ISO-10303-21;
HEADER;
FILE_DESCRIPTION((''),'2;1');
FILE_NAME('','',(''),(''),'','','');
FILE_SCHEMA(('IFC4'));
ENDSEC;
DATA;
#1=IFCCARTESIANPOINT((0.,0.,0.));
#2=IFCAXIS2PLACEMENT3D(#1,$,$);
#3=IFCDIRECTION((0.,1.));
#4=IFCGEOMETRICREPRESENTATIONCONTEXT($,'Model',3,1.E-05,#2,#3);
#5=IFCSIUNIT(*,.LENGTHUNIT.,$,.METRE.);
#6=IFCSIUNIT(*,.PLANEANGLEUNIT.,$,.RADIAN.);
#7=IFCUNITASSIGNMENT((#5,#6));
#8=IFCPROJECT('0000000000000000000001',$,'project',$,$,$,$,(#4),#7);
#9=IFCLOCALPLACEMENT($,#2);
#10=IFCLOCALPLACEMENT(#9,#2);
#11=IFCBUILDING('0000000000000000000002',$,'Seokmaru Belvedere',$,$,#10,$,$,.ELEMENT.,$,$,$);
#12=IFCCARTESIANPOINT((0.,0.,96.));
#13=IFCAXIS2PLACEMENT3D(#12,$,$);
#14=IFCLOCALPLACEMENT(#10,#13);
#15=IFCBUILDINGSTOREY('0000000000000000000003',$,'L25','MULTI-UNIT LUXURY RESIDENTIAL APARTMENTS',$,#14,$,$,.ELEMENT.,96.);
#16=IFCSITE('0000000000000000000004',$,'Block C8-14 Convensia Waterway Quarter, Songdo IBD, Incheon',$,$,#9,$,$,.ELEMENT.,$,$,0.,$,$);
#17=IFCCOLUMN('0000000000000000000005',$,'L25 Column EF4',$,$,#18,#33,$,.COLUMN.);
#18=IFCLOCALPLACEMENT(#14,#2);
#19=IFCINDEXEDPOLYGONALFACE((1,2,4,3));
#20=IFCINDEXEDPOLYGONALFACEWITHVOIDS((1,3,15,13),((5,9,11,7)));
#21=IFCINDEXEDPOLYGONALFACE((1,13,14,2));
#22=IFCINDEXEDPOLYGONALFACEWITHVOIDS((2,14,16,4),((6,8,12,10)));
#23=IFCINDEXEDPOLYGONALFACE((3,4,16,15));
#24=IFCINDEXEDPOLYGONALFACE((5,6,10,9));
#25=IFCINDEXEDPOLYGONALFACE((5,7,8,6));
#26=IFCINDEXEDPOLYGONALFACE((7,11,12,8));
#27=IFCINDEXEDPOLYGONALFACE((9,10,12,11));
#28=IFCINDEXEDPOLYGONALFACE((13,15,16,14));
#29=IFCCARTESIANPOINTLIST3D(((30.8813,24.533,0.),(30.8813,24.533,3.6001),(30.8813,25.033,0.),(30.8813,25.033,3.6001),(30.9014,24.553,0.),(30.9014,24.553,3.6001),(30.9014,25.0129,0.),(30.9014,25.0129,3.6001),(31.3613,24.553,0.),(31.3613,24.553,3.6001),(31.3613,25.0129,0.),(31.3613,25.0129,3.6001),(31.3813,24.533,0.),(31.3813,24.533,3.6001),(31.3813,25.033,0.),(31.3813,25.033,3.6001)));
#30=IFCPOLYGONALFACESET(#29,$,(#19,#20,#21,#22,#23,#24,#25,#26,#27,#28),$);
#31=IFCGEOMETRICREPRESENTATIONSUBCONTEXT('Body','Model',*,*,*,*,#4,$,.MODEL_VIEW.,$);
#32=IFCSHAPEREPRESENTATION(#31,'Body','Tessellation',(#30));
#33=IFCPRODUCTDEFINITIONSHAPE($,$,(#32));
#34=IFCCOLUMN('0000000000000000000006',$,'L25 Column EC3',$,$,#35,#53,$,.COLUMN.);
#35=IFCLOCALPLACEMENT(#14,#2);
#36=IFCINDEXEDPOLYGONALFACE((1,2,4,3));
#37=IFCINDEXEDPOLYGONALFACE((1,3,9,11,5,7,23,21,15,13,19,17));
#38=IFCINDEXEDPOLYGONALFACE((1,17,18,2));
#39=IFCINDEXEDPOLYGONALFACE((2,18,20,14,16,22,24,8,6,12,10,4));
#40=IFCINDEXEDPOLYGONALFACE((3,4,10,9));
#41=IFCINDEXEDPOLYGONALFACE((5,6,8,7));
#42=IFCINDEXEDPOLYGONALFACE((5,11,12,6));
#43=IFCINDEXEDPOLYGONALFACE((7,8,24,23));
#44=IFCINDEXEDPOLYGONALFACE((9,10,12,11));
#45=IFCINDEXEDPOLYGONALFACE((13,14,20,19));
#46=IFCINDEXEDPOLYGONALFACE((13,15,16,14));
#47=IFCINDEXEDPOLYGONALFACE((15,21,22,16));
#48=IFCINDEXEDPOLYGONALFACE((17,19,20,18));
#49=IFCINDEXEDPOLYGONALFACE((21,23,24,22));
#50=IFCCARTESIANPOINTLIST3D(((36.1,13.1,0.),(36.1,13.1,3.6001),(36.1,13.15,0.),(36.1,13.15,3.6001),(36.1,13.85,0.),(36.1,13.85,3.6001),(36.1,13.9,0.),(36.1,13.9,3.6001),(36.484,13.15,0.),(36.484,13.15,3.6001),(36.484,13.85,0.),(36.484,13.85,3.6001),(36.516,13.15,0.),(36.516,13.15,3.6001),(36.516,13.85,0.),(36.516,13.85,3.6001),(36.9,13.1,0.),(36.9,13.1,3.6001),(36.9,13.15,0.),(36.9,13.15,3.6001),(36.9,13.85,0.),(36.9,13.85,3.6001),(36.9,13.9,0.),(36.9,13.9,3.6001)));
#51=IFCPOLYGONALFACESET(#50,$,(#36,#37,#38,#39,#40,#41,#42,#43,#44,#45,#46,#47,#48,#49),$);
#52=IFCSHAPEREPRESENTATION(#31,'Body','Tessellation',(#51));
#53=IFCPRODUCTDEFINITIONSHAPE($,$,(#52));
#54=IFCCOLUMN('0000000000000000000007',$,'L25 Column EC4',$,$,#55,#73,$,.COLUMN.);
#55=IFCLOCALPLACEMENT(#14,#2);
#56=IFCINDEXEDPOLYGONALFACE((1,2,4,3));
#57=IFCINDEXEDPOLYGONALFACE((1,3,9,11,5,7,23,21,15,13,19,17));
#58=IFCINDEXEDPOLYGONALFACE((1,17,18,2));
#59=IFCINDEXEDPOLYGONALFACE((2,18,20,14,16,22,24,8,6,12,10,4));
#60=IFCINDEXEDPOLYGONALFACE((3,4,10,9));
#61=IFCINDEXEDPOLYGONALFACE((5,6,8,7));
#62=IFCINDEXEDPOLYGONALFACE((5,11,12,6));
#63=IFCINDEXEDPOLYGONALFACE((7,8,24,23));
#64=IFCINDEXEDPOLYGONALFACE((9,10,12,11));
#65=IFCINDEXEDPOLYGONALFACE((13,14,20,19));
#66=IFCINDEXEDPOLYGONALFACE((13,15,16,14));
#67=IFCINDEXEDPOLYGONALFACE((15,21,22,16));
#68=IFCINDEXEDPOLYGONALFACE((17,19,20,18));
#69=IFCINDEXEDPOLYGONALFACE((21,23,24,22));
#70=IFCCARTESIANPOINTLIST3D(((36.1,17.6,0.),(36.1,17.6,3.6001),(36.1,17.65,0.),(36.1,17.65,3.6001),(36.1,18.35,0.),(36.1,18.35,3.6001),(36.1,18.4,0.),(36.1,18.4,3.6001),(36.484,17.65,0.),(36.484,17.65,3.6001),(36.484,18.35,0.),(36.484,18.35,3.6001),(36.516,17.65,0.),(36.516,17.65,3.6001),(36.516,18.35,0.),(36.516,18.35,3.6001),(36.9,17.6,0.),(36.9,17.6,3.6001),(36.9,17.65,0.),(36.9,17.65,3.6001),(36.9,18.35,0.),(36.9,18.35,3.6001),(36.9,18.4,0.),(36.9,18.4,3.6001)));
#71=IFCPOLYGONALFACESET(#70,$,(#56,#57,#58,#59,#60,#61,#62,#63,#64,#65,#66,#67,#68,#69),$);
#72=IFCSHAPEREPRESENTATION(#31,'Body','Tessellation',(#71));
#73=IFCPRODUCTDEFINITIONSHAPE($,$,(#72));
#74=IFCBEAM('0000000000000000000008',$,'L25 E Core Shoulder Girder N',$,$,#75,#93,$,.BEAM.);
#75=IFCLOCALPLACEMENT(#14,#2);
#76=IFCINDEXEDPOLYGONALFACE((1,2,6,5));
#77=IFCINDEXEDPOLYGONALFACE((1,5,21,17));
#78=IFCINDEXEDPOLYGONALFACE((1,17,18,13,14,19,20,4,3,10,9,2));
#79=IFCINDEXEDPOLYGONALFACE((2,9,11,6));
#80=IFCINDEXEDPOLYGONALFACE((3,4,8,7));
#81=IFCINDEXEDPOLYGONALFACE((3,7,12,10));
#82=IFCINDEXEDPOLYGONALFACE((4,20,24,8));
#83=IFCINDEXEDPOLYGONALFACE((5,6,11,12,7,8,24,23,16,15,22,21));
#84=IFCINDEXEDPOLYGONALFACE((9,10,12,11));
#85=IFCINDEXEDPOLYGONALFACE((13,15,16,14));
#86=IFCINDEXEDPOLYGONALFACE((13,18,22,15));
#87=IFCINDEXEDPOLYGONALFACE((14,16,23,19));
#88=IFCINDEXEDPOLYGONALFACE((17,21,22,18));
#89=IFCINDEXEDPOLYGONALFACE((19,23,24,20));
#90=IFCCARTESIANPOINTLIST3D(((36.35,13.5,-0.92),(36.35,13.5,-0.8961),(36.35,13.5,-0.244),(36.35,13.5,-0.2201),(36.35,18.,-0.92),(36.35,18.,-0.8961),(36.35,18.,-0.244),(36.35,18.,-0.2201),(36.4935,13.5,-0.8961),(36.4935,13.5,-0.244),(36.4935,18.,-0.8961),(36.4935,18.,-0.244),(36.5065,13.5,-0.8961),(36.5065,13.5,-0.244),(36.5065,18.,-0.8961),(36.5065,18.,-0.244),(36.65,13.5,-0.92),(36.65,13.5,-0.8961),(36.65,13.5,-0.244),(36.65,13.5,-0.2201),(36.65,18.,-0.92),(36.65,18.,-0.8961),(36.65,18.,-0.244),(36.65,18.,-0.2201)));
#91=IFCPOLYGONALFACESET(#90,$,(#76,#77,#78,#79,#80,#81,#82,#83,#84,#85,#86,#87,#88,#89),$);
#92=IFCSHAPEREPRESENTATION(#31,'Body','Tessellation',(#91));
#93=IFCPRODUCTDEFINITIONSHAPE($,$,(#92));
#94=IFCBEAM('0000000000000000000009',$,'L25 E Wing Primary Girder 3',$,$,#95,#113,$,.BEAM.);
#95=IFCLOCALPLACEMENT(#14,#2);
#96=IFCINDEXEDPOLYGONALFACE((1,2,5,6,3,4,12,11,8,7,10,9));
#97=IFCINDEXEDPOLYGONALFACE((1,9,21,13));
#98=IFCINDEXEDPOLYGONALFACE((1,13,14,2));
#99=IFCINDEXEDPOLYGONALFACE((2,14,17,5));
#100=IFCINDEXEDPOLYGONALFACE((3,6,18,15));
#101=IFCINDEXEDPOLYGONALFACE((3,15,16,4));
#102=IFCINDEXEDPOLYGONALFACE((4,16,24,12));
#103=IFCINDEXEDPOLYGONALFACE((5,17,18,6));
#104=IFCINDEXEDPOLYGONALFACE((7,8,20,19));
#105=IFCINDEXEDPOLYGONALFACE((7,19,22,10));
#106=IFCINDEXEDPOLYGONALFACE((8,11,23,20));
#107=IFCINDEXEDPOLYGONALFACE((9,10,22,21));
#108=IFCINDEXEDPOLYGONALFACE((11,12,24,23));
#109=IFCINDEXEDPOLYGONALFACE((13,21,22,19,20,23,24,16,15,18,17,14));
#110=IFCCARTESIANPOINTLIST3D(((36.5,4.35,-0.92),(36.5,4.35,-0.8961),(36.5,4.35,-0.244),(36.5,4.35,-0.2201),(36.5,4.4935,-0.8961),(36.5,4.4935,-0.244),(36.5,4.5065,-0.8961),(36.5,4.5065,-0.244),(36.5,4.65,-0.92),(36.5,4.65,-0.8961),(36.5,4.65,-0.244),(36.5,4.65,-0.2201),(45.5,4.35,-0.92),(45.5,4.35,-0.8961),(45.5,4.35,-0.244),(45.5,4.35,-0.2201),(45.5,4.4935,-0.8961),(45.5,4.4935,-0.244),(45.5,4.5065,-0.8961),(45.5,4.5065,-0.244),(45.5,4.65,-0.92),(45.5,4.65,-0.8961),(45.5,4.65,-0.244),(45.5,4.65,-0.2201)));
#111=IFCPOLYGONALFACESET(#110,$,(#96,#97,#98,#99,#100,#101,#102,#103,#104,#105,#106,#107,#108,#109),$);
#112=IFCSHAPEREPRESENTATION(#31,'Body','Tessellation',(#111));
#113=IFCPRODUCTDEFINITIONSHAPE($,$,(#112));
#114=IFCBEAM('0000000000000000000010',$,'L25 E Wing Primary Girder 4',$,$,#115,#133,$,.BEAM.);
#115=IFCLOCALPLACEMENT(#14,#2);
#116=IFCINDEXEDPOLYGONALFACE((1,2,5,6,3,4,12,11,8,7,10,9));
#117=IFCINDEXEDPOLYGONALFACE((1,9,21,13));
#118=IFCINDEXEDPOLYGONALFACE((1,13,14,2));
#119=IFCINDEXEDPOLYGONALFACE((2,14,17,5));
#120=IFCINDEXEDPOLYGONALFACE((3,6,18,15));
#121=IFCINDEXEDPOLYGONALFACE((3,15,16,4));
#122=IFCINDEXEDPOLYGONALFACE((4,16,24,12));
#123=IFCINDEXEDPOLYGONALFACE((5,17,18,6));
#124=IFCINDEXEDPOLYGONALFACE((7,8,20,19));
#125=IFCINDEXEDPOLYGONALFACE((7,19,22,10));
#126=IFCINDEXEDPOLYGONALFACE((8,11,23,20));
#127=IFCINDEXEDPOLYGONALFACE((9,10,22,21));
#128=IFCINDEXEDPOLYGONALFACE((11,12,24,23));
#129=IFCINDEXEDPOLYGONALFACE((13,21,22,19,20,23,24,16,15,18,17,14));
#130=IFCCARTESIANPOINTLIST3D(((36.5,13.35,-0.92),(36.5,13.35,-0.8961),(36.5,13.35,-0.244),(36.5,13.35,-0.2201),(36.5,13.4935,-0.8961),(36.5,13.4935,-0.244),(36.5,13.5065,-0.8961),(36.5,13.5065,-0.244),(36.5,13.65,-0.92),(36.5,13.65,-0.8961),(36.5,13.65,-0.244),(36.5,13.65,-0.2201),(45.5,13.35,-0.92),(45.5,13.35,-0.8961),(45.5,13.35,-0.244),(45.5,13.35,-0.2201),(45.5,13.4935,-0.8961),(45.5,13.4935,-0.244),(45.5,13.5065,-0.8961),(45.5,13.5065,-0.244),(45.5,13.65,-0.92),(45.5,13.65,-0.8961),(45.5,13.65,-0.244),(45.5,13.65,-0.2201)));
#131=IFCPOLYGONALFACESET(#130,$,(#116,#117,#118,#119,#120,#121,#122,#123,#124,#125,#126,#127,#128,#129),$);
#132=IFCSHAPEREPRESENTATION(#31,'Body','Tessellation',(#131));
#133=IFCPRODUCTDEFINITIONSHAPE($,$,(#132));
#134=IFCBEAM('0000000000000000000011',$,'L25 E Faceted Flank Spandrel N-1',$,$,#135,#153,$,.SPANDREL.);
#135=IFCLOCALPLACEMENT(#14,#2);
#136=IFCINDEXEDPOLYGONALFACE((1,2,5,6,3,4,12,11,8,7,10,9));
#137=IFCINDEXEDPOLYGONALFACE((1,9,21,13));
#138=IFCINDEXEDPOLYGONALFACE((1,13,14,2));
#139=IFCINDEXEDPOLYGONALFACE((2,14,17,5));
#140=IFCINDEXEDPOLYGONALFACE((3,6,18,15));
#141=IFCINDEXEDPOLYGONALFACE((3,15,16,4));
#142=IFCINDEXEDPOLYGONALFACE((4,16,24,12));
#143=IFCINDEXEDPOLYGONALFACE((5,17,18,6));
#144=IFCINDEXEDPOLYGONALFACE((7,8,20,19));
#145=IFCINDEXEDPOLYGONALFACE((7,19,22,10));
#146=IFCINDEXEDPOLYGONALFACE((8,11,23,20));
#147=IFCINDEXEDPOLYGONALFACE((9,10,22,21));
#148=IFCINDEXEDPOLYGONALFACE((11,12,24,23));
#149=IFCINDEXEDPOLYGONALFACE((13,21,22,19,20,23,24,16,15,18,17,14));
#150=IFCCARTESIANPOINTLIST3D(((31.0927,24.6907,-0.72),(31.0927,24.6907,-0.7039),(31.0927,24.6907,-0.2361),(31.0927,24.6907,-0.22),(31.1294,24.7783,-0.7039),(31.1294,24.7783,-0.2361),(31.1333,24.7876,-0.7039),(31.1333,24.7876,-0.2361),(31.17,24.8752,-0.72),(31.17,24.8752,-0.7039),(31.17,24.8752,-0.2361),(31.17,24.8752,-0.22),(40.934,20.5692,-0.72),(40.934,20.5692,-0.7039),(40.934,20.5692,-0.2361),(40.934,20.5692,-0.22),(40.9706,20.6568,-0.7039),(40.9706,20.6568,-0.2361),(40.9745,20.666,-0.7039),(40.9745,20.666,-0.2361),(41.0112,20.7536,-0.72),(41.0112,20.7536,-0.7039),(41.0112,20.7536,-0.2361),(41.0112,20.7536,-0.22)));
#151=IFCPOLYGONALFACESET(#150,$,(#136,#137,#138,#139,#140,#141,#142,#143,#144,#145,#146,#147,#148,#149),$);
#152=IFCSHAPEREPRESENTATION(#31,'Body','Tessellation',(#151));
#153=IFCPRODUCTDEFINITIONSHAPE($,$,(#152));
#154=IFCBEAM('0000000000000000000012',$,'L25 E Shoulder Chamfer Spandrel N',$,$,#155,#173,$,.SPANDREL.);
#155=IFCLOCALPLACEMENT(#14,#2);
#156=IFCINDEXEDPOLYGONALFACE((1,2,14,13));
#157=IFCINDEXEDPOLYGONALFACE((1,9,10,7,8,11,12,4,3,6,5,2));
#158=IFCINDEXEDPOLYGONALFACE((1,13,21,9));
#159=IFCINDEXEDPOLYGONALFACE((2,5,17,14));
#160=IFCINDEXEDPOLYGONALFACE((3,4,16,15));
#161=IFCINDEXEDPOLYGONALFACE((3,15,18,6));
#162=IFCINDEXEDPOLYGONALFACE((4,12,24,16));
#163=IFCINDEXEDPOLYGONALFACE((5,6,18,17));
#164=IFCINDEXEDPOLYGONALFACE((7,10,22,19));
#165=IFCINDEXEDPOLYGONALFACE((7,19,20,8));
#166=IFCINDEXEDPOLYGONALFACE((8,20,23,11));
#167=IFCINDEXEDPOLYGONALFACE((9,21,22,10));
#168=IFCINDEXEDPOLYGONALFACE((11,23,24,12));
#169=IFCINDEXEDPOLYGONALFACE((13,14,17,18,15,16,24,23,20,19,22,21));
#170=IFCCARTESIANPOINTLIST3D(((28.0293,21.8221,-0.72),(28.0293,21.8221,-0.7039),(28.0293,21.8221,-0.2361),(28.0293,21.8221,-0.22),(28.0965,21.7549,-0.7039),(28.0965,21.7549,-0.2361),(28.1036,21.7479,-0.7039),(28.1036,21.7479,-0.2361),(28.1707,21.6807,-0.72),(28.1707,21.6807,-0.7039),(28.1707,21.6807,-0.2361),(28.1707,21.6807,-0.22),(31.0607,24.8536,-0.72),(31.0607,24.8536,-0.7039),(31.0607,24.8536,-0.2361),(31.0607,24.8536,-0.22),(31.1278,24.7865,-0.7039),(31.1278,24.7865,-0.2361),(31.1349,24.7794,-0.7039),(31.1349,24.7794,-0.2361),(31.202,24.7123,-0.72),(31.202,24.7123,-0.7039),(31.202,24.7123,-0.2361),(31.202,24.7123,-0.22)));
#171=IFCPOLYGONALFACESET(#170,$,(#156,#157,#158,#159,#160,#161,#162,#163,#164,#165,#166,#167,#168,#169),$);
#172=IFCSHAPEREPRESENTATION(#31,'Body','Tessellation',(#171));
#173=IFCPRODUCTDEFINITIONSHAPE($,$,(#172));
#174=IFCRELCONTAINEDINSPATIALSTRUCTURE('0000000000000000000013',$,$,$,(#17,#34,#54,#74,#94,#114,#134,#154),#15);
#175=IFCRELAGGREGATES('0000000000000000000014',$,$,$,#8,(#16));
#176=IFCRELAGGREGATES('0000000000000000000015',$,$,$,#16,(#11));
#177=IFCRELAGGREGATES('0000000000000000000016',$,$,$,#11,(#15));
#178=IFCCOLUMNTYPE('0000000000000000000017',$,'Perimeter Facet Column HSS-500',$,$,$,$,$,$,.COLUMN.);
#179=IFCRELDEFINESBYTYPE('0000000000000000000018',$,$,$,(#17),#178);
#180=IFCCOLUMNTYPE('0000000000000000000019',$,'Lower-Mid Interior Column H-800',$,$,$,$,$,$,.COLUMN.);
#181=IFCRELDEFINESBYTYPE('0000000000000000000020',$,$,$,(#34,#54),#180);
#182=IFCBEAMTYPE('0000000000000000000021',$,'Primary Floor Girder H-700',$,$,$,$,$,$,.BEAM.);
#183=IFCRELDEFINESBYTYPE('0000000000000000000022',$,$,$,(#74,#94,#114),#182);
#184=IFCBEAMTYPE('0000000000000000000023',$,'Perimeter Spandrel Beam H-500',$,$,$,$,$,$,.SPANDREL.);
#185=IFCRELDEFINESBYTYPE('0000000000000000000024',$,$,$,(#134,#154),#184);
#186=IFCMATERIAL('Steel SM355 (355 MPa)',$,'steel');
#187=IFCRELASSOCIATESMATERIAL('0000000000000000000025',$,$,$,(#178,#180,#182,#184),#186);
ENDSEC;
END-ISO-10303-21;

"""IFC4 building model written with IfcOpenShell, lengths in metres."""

from ifc_helpers import new_model, si_unit, direction, frame, origin, origin_2d, place, context, subcontext, project, spatial, hollow_rectangle, i_section, extrude, source, transform, mapped, material, material_profile, profile_set, type_object, type_shapes, element, save


model = new_model("IFC4")

# Units and contexts
model_context = context("Model", 3, precision=1e-05, world=origin(), true_north=direction((0.0, 1.0)))
body_context = subcontext(model_context, "Body", "Model", "MODEL_VIEW")
ifc_project = project(units=[si_unit("LENGTHUNIT", "METRE"), si_unit("PLANEANGLEUNIT", "RADIAN")], contexts=[model_context])

# Site, building, storey
site_placement = place(None, origin())
site = spatial("IfcSite", under=ifc_project, at=site_placement, Name="Block C8-14 Convensia Waterway Quarter, Songdo IBD, Incheon", CompositionType="ELEMENT", RefElevation=0.0)
building_placement = place(site_placement, origin())
building = spatial("IfcBuilding", under=site, at=building_placement, Name="Seokmaru Belvedere", CompositionType="ELEMENT")
storey_placement = place(building_placement, frame((0.0, 0.0, 96.0)))
storey = spatial("IfcBuildingStorey", under=building, at=storey_placement, Name="L25", Description="MULTI-UNIT LUXURY RESIDENTIAL APARTMENTS", CompositionType="ELEMENT", Elevation=96.0)

# Columns
ifc_material_1 = material(Name="Steel SM355 (355 MPa)", Category="steel")
ifc_material_profile_1 = material_profile(ifc_material_1, hollow_rectangle(XDim=0.5, YDim=0.5, WallThickness=0.02, at=origin_2d()), Name="HSS-500x500x20")
ifc_profile_set_1 = profile_set([ifc_material_profile_1], Name="Steel SM355 (355 MPa)")
column_type_1 = type_object("IfcColumnType", Name="Perimeter Facet Column HSS-500", PredefinedType="COLUMN", material=ifc_profile_set_1)
shared_shape_1 = source(origin(), body_context, "Body", "SweptSolid", [
    extrude(hollow_rectangle(XDim=0.5, YDim=0.5, WallThickness=0.02, at=origin_2d()), origin(), (0.0, 0.0, 1.0), 3.6001),
])
type_shapes(column_type_1, [shared_shape_1])
column_placement = place(storey_placement, frame((31.1313, 24.783, 0.0), z_axis=(0.0, 0.0, 1.0), x_axis=(1.0, 0.0, 0.0)))
element("IfcColumn", 1, at=column_placement, inside=storey, type_object=column_type_1, Name="L25 Column EF4", PredefinedType="COLUMN", context=body_context, shape_type="MappedRepresentation", body=[
    mapped(shared_shape_1, transform((0.0, 0.0, 0.0), scale=1.0)),
])
ifc_material_profile_2 = material_profile(ifc_material_1, i_section(OverallWidth=0.8, OverallDepth=0.8, WebThickness=0.032, FlangeThickness=0.05, at=origin_2d()), Name="H-800x800x32x50")
ifc_profile_set_2 = profile_set([ifc_material_profile_2], Name="Steel SM355 (355 MPa)")
column_type_2 = type_object("IfcColumnType", Name="Lower-Mid Interior Column H-800", PredefinedType="COLUMN", material=ifc_profile_set_2)
shared_shape_2 = source(origin(), body_context, "Body", "SweptSolid", [
    extrude(i_section(OverallWidth=0.8, OverallDepth=0.8, WebThickness=0.032, FlangeThickness=0.05, at=origin_2d()), origin(), (0.0, 0.0, 1.0), 3.6001),
])
type_shapes(column_type_2, [shared_shape_2])
for number, where, z_axis, x_axis, name in (
    (2, (36.5, 13.5, 0.0), (0.0, 0.0, 1.0), (1.0, 0.0, 0.0), "L25 Column EC3"),
    (3, (36.5, 18.0, 0.0), (0.0, 0.0, 1.0), (1.0, 0.0, 0.0), "L25 Column EC4"),
):
    element("IfcColumn", number, at=place(storey_placement, frame(where, z_axis=z_axis, x_axis=x_axis)), inside=storey, type_object=column_type_2, Name=name, PredefinedType="COLUMN", context=body_context, shape_type="MappedRepresentation", body=[
        mapped(shared_shape_2, transform((0.0, 0.0, 0.0), scale=1.0)),
    ])

# Beams
ifc_material_profile_3 = material_profile(ifc_material_1, i_section(OverallWidth=0.3, OverallDepth=0.7, WebThickness=0.0129, FlangeThickness=0.0239, at=origin_2d()), Name="H-700x300x13x24")
ifc_profile_set_3 = profile_set([ifc_material_profile_3], Name="Steel SM355 (355 MPa)")
beam_type_1 = type_object("IfcBeamType", Name="Primary Floor Girder H-700", PredefinedType="BEAM", material=ifc_profile_set_3)
shared_shape_3 = source(origin(), body_context, "Body", "SweptSolid", [
    extrude(i_section(OverallWidth=0.3, OverallDepth=0.7, WebThickness=0.0129, FlangeThickness=0.0239, at=origin_2d()), origin(), (0.0, 0.0, 1.0), 4.5),
])
beam_1_placement = place(storey_placement, frame((36.5, 13.5, -0.5701), z_axis=(0.0, 1.0, 0.0), x_axis=(-1.0, 0.0, 0.0)))
element("IfcBeam", 4, at=beam_1_placement, inside=storey, type_object=beam_type_1, Name="L25 E Core Shoulder Girder N", PredefinedType="BEAM", context=body_context, shape_type="MappedRepresentation", body=[
    mapped(shared_shape_3, transform((0.0, 0.0, 0.0), scale=1.0)),
])
shared_shape_4 = source(origin(), body_context, "Body", "SweptSolid", [
    extrude(i_section(OverallWidth=0.3, OverallDepth=0.7, WebThickness=0.0129, FlangeThickness=0.0239, at=origin_2d()), origin(), (0.0, 0.0, 1.0), 9.0),
])
type_shapes(beam_type_1, [shared_shape_3, shared_shape_4])
for number, where, z_axis, x_axis, name in (
    (5, (36.5, 4.5, -0.5701), (1.0, 0.0, 0.0), (0.0, 1.0, 0.0), "L25 E Wing Primary Girder 3"),
    (6, (36.5, 13.5, -0.5701), (1.0, 0.0, 0.0), (0.0, 1.0, 0.0), "L25 E Wing Primary Girder 4"),
):
    element("IfcBeam", number, at=place(storey_placement, frame(where, z_axis=z_axis, x_axis=x_axis)), inside=storey, type_object=beam_type_1, Name=name, PredefinedType="BEAM", context=body_context, shape_type="MappedRepresentation", body=[
        mapped(shared_shape_4, transform((0.0, 0.0, 0.0), scale=1.0)),
    ])
ifc_material_profile_4 = material_profile(ifc_material_1, i_section(OverallWidth=0.2, OverallDepth=0.5, WebThickness=0.01, FlangeThickness=0.0161, at=origin_2d()), Name="H-500x200x10x16")
ifc_profile_set_4 = profile_set([ifc_material_profile_4], Name="Steel SM355 (355 MPa)")
beam_type_2 = type_object("IfcBeamType", Name="Perimeter Spandrel Beam H-500", PredefinedType="SPANDREL", material=ifc_profile_set_4)
shared_shape_5 = source(origin(), body_context, "Body", "SweptSolid", [
    extrude(i_section(OverallWidth=0.2, OverallDepth=0.5, WebThickness=0.01, FlangeThickness=0.0161, at=origin_2d()), origin(), (0.0, 0.0, 1.0), 10.6694),
])
beam_2_placement = place(storey_placement, frame((31.1313, 24.783, -0.47), z_axis=(0.922375, -0.386295, 0.0), x_axis=(0.386295, 0.922375, 0.0)))
element("IfcBeam", 7, at=beam_2_placement, inside=storey, type_object=beam_type_2, Name="L25 E Faceted Flank Spandrel N-1", PredefinedType="SPANDREL", context=body_context, shape_type="MappedRepresentation", body=[
    mapped(shared_shape_5, transform((0.0, 0.0, 0.0), scale=1.0)),
])
shared_shape_6 = source(origin(), body_context, "Body", "SweptSolid", [
    extrude(i_section(OverallWidth=0.2, OverallDepth=0.5, WebThickness=0.01, FlangeThickness=0.0161, at=origin_2d()), origin(), (0.0, 0.0, 1.0), 4.2871),
])
type_shapes(beam_type_2, [shared_shape_5, shared_shape_6])
beam_3_placement = place(storey_placement, frame((31.1313, 24.783, -0.47), z_axis=(-0.707078, -0.707135, 0.0), x_axis=(0.707135, -0.707078, 0.0)))
element("IfcBeam", 8, at=beam_3_placement, inside=storey, type_object=beam_type_2, Name="L25 E Shoulder Chamfer Spandrel N", PredefinedType="SPANDREL", context=body_context, shape_type="MappedRepresentation", body=[
    mapped(shared_shape_6, transform((0.0, 0.0, 0.0), scale=1.0)),
])

save(model, "model.ifc")
